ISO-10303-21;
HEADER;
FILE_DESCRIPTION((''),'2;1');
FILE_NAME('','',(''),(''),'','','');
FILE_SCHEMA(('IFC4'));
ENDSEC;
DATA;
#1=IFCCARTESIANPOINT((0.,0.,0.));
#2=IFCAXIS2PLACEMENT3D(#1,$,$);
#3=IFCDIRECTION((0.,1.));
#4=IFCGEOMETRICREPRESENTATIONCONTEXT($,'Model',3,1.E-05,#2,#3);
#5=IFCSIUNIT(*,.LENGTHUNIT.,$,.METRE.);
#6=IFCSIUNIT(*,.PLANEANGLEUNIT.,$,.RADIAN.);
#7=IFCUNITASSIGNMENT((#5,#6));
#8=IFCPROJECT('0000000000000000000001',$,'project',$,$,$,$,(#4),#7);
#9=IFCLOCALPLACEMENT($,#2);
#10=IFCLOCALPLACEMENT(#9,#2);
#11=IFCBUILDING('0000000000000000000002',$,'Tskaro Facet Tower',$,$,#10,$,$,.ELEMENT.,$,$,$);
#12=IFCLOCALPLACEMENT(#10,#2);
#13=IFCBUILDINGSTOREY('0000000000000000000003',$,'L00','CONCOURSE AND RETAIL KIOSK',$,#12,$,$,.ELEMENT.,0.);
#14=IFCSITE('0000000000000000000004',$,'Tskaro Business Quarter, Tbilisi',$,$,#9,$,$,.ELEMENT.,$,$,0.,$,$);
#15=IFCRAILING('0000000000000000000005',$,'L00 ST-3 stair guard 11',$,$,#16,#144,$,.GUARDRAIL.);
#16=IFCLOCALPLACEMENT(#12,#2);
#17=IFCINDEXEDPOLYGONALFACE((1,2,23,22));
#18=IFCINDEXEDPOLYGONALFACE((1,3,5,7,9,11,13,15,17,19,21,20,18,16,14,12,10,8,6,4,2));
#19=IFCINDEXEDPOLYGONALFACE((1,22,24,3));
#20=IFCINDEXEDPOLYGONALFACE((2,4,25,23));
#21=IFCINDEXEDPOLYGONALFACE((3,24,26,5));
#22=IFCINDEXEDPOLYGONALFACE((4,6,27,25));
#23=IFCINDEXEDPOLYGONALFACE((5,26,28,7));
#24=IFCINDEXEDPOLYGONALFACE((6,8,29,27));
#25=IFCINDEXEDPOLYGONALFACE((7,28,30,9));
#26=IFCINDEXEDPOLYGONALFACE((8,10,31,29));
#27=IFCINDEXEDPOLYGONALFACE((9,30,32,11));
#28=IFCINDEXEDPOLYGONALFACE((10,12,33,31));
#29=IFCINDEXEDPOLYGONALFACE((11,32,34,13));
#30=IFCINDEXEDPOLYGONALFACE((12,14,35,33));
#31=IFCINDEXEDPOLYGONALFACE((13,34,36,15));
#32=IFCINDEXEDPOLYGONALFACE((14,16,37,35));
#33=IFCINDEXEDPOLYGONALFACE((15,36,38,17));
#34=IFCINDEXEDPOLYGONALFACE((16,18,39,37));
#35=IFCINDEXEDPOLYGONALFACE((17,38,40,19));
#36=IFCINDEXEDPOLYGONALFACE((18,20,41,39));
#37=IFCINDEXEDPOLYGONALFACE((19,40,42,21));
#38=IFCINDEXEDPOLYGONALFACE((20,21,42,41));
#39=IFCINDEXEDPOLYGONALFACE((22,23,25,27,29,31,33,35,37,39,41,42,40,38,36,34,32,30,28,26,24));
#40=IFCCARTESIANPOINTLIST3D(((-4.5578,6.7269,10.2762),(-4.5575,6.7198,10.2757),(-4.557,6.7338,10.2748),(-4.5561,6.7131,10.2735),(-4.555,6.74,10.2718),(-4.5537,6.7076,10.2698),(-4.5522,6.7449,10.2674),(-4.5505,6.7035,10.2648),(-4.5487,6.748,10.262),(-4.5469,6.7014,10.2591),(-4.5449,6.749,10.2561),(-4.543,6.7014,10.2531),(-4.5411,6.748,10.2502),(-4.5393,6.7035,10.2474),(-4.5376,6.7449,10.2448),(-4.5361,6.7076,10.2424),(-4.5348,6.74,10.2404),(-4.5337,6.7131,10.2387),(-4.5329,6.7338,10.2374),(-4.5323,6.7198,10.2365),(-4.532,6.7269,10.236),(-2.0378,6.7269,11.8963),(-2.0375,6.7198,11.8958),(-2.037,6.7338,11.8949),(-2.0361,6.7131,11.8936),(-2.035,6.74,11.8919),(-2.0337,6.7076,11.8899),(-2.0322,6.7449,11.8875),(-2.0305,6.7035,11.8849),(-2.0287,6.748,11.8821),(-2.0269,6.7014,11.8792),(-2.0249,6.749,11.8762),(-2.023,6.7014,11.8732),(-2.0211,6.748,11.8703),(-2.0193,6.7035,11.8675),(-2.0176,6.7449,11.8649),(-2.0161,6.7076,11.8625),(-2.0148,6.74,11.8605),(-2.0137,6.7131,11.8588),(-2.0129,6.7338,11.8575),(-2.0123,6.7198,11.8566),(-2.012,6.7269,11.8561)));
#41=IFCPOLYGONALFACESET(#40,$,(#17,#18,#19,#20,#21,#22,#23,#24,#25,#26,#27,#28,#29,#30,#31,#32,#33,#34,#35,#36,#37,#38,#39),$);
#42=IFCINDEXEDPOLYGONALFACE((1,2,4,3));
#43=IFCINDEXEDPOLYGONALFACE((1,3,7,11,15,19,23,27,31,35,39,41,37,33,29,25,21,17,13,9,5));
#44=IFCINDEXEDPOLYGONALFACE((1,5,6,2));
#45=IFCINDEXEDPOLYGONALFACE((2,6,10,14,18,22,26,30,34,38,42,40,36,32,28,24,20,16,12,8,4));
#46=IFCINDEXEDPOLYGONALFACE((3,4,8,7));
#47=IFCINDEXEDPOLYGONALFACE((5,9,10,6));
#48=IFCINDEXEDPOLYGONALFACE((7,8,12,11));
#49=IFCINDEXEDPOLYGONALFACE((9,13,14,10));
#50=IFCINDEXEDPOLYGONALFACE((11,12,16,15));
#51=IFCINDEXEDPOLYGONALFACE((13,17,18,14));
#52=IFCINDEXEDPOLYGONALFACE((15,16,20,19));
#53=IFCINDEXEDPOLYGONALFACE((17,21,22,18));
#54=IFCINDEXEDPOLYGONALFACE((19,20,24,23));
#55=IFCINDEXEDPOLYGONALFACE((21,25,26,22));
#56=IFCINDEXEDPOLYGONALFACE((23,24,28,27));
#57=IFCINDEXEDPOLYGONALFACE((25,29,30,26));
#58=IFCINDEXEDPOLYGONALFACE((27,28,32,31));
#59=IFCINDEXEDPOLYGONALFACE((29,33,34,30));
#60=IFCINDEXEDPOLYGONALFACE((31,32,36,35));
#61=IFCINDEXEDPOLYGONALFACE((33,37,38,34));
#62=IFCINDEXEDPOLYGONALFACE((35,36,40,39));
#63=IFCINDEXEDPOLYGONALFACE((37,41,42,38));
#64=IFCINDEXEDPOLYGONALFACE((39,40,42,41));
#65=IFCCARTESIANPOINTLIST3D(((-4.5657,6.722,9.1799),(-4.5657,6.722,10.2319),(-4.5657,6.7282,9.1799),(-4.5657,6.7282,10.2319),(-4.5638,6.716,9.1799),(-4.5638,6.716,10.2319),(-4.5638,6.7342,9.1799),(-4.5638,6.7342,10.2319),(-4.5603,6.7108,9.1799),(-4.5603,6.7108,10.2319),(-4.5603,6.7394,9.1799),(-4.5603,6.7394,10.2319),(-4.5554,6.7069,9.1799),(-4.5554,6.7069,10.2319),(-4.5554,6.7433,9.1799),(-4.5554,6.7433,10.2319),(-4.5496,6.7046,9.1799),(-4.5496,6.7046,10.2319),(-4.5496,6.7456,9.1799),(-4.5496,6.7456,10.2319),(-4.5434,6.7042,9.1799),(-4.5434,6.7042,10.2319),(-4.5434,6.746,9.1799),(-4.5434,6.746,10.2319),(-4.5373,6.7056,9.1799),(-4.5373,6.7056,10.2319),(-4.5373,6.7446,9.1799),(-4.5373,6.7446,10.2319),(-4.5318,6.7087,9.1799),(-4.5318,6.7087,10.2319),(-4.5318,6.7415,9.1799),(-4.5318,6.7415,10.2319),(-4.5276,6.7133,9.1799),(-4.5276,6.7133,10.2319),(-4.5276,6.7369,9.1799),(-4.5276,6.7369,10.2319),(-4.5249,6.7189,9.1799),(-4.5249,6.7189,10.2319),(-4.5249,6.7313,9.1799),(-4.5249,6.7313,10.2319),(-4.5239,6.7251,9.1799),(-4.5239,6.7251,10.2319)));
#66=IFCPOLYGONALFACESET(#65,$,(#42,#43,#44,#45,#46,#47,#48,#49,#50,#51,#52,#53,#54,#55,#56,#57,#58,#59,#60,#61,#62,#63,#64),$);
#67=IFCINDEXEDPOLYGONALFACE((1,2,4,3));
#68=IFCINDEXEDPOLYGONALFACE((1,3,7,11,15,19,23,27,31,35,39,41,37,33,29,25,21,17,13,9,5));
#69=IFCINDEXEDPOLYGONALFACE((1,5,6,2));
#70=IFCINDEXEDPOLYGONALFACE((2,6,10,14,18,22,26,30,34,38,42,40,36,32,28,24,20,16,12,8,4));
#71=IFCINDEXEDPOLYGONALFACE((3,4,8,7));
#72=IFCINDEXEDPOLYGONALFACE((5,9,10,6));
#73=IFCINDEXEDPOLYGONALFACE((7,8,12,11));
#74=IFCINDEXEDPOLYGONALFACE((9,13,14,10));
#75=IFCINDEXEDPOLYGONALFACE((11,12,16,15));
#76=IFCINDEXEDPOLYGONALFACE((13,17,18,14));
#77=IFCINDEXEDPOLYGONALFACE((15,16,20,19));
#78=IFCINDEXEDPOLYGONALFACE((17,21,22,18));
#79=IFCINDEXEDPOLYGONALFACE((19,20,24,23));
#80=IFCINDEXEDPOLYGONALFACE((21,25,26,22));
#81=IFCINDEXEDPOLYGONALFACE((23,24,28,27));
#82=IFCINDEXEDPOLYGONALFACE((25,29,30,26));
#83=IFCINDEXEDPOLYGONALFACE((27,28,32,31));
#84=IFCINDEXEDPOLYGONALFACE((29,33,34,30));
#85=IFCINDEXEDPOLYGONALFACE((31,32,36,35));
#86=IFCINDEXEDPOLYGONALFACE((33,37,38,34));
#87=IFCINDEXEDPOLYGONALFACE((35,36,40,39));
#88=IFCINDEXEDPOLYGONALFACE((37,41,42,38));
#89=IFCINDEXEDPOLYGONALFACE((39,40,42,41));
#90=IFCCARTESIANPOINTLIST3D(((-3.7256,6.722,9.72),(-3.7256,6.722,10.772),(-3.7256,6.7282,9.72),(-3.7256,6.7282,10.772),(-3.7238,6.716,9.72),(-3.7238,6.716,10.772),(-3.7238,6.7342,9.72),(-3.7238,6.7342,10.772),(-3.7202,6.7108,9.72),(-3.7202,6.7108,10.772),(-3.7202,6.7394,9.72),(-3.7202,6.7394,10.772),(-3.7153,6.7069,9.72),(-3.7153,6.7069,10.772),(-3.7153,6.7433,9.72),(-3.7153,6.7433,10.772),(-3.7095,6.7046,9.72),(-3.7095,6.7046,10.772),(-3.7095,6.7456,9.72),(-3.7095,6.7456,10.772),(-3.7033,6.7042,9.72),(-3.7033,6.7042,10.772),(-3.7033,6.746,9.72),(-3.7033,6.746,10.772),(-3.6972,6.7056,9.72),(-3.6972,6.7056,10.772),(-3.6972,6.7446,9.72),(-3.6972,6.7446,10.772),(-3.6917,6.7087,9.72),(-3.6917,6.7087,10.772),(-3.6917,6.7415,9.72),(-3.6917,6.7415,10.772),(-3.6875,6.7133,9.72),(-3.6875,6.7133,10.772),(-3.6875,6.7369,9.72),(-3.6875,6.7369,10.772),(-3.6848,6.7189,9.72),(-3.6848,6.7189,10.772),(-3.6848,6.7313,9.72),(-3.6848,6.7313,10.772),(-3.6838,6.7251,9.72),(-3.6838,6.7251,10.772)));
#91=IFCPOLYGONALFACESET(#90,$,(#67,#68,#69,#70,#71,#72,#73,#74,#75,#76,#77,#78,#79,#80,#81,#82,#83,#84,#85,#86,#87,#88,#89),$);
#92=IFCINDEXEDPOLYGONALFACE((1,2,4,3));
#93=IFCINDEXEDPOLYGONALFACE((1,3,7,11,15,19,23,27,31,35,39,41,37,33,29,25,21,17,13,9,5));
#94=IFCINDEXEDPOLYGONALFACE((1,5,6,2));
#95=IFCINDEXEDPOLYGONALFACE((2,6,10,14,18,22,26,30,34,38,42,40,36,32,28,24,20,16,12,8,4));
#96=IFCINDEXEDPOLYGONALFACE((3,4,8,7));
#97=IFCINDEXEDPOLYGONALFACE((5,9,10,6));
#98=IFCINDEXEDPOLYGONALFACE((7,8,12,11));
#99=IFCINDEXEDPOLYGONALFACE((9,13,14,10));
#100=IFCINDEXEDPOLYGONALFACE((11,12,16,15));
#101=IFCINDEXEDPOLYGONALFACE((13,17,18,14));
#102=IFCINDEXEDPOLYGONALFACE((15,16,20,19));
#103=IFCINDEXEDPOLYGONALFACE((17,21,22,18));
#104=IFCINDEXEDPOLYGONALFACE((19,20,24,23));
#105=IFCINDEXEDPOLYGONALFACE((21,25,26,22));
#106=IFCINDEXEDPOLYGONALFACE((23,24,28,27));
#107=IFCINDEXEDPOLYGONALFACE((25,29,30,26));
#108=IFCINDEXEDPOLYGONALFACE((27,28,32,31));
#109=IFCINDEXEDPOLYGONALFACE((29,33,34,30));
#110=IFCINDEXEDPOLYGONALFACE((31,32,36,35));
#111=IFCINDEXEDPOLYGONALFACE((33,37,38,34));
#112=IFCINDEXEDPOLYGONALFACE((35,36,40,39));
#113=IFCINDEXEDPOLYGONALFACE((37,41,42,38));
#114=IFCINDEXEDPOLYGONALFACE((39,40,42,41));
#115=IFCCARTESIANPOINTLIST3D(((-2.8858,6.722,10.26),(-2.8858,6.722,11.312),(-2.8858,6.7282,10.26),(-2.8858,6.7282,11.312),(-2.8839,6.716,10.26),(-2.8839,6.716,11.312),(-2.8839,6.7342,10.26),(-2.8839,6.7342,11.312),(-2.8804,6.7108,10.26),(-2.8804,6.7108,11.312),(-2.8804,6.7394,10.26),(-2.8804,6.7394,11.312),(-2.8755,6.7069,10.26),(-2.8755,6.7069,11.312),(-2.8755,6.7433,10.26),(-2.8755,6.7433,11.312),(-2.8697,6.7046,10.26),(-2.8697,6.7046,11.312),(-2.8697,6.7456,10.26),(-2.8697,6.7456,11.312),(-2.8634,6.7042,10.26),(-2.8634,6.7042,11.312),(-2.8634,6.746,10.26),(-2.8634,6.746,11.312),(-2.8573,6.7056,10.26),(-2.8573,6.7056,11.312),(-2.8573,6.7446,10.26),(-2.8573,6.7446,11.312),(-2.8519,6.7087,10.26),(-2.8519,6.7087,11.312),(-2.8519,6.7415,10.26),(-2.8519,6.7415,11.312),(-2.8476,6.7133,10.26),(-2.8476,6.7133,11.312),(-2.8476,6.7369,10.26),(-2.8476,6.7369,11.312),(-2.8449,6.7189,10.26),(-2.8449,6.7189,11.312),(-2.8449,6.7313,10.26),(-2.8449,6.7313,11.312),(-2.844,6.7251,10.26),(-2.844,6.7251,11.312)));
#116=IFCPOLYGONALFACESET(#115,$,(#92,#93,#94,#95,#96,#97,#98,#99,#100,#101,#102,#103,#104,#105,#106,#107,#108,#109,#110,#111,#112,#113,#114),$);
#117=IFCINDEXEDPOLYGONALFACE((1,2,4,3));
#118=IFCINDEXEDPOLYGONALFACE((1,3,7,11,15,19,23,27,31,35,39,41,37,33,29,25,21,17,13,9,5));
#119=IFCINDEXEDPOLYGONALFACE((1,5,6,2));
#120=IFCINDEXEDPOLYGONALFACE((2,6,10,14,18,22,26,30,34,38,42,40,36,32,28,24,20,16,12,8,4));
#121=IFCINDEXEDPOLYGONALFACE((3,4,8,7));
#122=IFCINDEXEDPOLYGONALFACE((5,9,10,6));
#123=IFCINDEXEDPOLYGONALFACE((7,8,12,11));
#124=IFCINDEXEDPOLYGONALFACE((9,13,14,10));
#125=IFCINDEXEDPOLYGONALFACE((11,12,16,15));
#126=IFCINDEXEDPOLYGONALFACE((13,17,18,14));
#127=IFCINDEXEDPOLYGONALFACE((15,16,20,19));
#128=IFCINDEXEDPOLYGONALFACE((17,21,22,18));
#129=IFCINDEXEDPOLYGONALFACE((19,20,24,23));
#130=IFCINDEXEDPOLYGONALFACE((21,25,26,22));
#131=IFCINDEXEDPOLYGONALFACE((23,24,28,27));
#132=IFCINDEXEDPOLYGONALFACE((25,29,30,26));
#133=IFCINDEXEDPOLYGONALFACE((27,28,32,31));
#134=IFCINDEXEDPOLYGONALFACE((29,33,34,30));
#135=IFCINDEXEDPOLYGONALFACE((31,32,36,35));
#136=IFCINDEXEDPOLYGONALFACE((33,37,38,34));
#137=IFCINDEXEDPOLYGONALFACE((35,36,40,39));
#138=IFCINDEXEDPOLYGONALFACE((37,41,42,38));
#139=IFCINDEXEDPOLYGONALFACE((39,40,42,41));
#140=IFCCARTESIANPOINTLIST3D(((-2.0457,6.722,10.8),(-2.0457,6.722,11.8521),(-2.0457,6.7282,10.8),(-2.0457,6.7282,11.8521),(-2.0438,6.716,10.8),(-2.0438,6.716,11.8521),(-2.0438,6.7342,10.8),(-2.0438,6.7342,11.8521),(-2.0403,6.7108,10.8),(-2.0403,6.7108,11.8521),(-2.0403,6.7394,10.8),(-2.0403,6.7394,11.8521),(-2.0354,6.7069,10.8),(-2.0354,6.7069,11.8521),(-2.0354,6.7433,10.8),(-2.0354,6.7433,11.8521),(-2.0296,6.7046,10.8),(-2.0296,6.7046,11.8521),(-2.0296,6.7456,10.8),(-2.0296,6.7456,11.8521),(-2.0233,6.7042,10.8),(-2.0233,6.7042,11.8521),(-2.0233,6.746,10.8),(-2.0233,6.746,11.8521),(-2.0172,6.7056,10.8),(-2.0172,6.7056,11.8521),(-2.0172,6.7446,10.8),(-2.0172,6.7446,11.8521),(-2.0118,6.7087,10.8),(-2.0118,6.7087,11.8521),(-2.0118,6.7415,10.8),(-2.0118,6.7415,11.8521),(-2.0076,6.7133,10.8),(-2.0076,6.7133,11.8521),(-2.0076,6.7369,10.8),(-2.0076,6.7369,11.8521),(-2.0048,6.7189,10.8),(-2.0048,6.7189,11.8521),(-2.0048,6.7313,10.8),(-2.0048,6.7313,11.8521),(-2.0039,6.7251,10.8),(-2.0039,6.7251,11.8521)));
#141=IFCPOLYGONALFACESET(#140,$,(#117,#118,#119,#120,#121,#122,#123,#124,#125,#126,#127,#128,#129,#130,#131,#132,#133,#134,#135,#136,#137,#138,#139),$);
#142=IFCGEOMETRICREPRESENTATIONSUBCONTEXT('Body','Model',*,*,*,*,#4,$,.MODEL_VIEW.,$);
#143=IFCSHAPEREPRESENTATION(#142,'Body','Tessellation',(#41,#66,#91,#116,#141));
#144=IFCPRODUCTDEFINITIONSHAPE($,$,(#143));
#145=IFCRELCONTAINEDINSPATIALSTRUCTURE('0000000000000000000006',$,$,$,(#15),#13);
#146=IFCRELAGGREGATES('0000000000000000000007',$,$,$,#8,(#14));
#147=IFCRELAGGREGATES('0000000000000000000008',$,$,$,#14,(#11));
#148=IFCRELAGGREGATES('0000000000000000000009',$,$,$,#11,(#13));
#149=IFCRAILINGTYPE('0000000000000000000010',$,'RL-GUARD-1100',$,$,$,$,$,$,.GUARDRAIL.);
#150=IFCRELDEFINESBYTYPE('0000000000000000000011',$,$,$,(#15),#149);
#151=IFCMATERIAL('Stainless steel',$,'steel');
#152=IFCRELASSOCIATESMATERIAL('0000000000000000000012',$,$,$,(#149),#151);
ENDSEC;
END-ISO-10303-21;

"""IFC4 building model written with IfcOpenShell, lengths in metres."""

from ifc_helpers import new_model, si_unit, direction, frame, origin, origin_2d, place, context, subcontext, project, spatial, circle, extrude, material, type_object, element, save


model = new_model("IFC4")

# Units and contexts
model_context = context("Model", 3, precision=1e-05, world=origin(), true_north=direction((0.0, 1.0)))
body_context = subcontext(model_context, "Body", "Model", "MODEL_VIEW")
ifc_project = project(units=[si_unit("LENGTHUNIT", "METRE"), si_unit("PLANEANGLEUNIT", "RADIAN")], contexts=[model_context])

# Site, building, storey
site_placement = place(None, origin())
site = spatial("IfcSite", under=ifc_project, at=site_placement, Name="Tskaro Business Quarter, Tbilisi", CompositionType="ELEMENT", RefElevation=0.0)
building_placement = place(site_placement, origin())
building = spatial("IfcBuilding", under=site, at=building_placement, Name="Tskaro Facet Tower", CompositionType="ELEMENT")
storey_placement = place(building_placement, origin())
storey = spatial("IfcBuildingStorey", under=building, at=storey_placement, Name="L00", Description="CONCOURSE AND RETAIL KIOSK", CompositionType="ELEMENT", Elevation=0.0)

# Railing
ifc_material_1 = material(Name="Stainless steel", Category="steel")
railing_type_1 = type_object("IfcRailingType", Name="RL-GUARD-1100", PredefinedType="GUARDRAIL", material=ifc_material_1)
railing_1_placement = place(storey_placement, frame((-4.5449, 6.7251, 9.1799)))
element("IfcRailing", 1, at=railing_1_placement, inside=storey, type_object=railing_type_1, Name="L00 ST-3 stair guard 11", PredefinedType="GUARDRAIL", context=body_context, shape_type="SweptSolid", body=[
    extrude(circle(Radius=0.0239, at=origin_2d()), frame((0.0, 0.0, 1.0762), z_axis=(0.841163, 0.0, 0.540782), x_axis=(0.0, 1.0, 0.0)), (0.0, 0.0, 1.0), 2.9958),
    extrude(circle(Radius=0.021, at=origin_2d()), origin(), (0.0, 0.0, 1.0), 1.052),
    extrude(circle(Radius=0.021, at=origin_2d()), frame((0.8401, 0.0, 0.54)), (0.0, 0.0, 1.0), 1.052),
    extrude(circle(Radius=0.021, at=origin_2d()), frame((1.6799, 0.0, 1.0801)), (0.0, 0.0, 1.0), 1.052),
    extrude(circle(Radius=0.021, at=origin_2d()), frame((2.52, 0.0, 1.6201)), (0.0, 0.0, 1.0), 1.052),
])

save(model, "model.ifc")
